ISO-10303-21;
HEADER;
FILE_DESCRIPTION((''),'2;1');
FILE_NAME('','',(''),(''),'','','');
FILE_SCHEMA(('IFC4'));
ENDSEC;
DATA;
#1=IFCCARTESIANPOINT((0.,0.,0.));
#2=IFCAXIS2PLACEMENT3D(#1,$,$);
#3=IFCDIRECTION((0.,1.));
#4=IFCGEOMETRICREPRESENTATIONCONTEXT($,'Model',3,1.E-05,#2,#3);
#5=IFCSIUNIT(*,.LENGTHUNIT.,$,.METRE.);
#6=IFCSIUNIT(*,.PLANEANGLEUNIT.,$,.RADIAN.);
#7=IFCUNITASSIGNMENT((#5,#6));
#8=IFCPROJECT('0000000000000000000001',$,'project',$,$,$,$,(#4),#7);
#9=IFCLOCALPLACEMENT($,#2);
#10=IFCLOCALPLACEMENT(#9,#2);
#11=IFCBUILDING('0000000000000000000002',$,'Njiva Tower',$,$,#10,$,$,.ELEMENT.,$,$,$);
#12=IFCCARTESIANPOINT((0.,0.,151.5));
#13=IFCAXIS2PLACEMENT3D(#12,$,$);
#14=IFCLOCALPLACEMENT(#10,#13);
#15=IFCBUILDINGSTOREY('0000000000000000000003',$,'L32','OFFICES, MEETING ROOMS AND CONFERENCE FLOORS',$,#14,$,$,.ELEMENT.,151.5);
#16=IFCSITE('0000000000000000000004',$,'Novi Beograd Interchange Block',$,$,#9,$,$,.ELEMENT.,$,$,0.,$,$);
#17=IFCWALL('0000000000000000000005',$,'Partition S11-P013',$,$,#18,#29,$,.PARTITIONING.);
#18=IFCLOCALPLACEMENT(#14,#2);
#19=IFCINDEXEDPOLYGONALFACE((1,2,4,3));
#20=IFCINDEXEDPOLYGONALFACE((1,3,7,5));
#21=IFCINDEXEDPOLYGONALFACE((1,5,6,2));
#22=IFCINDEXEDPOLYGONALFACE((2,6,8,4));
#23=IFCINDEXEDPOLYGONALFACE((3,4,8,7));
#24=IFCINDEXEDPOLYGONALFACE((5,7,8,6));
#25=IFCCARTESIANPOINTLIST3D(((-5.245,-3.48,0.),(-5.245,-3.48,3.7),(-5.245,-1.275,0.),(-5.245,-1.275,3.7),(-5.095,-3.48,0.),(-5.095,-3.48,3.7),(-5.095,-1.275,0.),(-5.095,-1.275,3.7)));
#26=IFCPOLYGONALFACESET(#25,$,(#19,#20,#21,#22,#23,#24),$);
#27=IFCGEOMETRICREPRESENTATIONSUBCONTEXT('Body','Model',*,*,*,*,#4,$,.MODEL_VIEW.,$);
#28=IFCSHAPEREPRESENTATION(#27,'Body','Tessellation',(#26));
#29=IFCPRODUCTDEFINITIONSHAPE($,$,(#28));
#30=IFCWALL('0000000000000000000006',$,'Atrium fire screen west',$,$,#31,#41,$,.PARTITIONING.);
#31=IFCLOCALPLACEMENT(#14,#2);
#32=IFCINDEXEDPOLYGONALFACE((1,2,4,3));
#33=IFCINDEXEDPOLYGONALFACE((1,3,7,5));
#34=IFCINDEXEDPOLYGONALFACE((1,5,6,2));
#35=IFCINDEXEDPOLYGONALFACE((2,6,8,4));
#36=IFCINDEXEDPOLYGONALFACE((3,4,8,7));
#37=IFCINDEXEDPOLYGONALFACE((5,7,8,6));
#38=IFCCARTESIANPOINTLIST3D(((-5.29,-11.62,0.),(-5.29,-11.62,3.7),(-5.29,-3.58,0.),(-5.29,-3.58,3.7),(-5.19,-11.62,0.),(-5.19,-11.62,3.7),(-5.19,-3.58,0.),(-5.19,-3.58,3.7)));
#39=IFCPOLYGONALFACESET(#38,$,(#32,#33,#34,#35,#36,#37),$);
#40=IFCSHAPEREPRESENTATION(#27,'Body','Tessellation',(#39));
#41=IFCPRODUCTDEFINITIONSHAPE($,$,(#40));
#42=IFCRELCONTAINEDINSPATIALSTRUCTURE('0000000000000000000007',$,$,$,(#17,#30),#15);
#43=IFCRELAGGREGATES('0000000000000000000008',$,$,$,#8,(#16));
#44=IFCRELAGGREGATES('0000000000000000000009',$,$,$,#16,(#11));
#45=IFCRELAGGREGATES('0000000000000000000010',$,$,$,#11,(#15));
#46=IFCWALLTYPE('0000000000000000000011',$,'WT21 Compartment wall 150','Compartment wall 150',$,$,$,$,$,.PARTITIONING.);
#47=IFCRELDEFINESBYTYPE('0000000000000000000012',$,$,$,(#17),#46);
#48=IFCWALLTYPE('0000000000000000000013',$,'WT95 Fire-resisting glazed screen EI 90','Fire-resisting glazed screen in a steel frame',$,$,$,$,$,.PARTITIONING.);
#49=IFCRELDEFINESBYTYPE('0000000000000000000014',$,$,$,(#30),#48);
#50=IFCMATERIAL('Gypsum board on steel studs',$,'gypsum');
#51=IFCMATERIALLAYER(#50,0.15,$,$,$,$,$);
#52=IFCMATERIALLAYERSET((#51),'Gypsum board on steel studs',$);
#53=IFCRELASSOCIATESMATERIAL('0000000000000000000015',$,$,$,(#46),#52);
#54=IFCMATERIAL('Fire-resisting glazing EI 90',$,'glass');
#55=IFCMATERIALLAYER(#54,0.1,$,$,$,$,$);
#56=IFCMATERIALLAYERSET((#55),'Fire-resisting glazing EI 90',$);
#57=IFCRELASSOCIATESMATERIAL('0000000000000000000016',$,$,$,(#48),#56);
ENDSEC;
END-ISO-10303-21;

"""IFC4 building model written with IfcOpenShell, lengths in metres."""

from ifc_helpers import new_model, si_unit, direction, frame, frame_2d, origin, place, context, subcontext, project, spatial, rectangle, extrude, material, layer, layer_set, type_object, element, save


model = new_model("IFC4")

# Units and contexts
model_context = context("Model", 3, precision=1e-05, world=origin(), true_north=direction((0.0, 1.0)))
body_context = subcontext(model_context, "Body", "Model", "MODEL_VIEW")
ifc_project = project(units=[si_unit("LENGTHUNIT", "METRE"), si_unit("PLANEANGLEUNIT", "RADIAN")], contexts=[model_context])

# Site, building, storey
site_placement = place(None, origin())
site = spatial("IfcSite", under=ifc_project, at=site_placement, Name="Novi Beograd Interchange Block", CompositionType="ELEMENT", RefElevation=0.0)
building_placement = place(site_placement, origin())
building = spatial("IfcBuilding", under=site, at=building_placement, Name="Njiva Tower", CompositionType="ELEMENT")
storey_placement = place(building_placement, frame((0.0, 0.0, 151.5)))
storey = spatial("IfcBuildingStorey", under=building, at=storey_placement, Name="L32", Description="OFFICES, MEETING ROOMS AND CONFERENCE FLOORS", CompositionType="ELEMENT", Elevation=151.5)

# Shared definitions
ifc_material_1 = material(Name="Gypsum board on steel studs", Category="gypsum")
ifc_layer_1 = layer(ifc_material_1, 0.15)
ifc_layer_set_1 = layer_set([ifc_layer_1], Name="Gypsum board on steel studs")
wall_type_1 = type_object("IfcWallType", Name="WT21 Compartment wall 150", Description="Compartment wall 150", PredefinedType="PARTITIONING", material=ifc_layer_set_1)

# Walls
wall_1_placement = place(storey_placement, frame((-5.17, -3.48, 0.0), z_axis=(0.0, 0.0, 1.0), x_axis=(0.0, 1.0, 0.0)))
element("IfcWall", 1, at=wall_1_placement, inside=storey, type_object=wall_type_1, Name="Partition S11-P013", PredefinedType="PARTITIONING", context=body_context, shape_type="SweptSolid", body=[
    extrude(rectangle(XDim=2.205, YDim=0.15, at=frame_2d((1.1025, 0.0))), origin(), (0.0, 0.0, 1.0), 3.7),
])
ifc_material_2 = material(Name="Fire-resisting glazing EI 90", Category="glass")
ifc_layer_2 = layer(ifc_material_2, 0.1)
ifc_layer_set_2 = layer_set([ifc_layer_2], Name="Fire-resisting glazing EI 90")
wall_type_2 = type_object("IfcWallType", Name="WT95 Fire-resisting glazed screen EI 90", Description="Fire-resisting glazed screen in a steel frame", PredefinedType="PARTITIONING", material=ifc_layer_set_2)
wall_2_placement = place(storey_placement, frame((-5.24, -3.58, 0.0), z_axis=(0.0, 0.0, 1.0), x_axis=(0.0, -1.0, 0.0)))
element("IfcWall", 2, at=wall_2_placement, inside=storey, type_object=wall_type_2, Name="Atrium fire screen west", PredefinedType="PARTITIONING", context=body_context, shape_type="SweptSolid", body=[
    extrude(rectangle(XDim=8.04, YDim=0.1, at=frame_2d((4.02, 0.0))), origin(), (0.0, 0.0, 1.0), 3.7),
])

save(model, "model.ifc")
